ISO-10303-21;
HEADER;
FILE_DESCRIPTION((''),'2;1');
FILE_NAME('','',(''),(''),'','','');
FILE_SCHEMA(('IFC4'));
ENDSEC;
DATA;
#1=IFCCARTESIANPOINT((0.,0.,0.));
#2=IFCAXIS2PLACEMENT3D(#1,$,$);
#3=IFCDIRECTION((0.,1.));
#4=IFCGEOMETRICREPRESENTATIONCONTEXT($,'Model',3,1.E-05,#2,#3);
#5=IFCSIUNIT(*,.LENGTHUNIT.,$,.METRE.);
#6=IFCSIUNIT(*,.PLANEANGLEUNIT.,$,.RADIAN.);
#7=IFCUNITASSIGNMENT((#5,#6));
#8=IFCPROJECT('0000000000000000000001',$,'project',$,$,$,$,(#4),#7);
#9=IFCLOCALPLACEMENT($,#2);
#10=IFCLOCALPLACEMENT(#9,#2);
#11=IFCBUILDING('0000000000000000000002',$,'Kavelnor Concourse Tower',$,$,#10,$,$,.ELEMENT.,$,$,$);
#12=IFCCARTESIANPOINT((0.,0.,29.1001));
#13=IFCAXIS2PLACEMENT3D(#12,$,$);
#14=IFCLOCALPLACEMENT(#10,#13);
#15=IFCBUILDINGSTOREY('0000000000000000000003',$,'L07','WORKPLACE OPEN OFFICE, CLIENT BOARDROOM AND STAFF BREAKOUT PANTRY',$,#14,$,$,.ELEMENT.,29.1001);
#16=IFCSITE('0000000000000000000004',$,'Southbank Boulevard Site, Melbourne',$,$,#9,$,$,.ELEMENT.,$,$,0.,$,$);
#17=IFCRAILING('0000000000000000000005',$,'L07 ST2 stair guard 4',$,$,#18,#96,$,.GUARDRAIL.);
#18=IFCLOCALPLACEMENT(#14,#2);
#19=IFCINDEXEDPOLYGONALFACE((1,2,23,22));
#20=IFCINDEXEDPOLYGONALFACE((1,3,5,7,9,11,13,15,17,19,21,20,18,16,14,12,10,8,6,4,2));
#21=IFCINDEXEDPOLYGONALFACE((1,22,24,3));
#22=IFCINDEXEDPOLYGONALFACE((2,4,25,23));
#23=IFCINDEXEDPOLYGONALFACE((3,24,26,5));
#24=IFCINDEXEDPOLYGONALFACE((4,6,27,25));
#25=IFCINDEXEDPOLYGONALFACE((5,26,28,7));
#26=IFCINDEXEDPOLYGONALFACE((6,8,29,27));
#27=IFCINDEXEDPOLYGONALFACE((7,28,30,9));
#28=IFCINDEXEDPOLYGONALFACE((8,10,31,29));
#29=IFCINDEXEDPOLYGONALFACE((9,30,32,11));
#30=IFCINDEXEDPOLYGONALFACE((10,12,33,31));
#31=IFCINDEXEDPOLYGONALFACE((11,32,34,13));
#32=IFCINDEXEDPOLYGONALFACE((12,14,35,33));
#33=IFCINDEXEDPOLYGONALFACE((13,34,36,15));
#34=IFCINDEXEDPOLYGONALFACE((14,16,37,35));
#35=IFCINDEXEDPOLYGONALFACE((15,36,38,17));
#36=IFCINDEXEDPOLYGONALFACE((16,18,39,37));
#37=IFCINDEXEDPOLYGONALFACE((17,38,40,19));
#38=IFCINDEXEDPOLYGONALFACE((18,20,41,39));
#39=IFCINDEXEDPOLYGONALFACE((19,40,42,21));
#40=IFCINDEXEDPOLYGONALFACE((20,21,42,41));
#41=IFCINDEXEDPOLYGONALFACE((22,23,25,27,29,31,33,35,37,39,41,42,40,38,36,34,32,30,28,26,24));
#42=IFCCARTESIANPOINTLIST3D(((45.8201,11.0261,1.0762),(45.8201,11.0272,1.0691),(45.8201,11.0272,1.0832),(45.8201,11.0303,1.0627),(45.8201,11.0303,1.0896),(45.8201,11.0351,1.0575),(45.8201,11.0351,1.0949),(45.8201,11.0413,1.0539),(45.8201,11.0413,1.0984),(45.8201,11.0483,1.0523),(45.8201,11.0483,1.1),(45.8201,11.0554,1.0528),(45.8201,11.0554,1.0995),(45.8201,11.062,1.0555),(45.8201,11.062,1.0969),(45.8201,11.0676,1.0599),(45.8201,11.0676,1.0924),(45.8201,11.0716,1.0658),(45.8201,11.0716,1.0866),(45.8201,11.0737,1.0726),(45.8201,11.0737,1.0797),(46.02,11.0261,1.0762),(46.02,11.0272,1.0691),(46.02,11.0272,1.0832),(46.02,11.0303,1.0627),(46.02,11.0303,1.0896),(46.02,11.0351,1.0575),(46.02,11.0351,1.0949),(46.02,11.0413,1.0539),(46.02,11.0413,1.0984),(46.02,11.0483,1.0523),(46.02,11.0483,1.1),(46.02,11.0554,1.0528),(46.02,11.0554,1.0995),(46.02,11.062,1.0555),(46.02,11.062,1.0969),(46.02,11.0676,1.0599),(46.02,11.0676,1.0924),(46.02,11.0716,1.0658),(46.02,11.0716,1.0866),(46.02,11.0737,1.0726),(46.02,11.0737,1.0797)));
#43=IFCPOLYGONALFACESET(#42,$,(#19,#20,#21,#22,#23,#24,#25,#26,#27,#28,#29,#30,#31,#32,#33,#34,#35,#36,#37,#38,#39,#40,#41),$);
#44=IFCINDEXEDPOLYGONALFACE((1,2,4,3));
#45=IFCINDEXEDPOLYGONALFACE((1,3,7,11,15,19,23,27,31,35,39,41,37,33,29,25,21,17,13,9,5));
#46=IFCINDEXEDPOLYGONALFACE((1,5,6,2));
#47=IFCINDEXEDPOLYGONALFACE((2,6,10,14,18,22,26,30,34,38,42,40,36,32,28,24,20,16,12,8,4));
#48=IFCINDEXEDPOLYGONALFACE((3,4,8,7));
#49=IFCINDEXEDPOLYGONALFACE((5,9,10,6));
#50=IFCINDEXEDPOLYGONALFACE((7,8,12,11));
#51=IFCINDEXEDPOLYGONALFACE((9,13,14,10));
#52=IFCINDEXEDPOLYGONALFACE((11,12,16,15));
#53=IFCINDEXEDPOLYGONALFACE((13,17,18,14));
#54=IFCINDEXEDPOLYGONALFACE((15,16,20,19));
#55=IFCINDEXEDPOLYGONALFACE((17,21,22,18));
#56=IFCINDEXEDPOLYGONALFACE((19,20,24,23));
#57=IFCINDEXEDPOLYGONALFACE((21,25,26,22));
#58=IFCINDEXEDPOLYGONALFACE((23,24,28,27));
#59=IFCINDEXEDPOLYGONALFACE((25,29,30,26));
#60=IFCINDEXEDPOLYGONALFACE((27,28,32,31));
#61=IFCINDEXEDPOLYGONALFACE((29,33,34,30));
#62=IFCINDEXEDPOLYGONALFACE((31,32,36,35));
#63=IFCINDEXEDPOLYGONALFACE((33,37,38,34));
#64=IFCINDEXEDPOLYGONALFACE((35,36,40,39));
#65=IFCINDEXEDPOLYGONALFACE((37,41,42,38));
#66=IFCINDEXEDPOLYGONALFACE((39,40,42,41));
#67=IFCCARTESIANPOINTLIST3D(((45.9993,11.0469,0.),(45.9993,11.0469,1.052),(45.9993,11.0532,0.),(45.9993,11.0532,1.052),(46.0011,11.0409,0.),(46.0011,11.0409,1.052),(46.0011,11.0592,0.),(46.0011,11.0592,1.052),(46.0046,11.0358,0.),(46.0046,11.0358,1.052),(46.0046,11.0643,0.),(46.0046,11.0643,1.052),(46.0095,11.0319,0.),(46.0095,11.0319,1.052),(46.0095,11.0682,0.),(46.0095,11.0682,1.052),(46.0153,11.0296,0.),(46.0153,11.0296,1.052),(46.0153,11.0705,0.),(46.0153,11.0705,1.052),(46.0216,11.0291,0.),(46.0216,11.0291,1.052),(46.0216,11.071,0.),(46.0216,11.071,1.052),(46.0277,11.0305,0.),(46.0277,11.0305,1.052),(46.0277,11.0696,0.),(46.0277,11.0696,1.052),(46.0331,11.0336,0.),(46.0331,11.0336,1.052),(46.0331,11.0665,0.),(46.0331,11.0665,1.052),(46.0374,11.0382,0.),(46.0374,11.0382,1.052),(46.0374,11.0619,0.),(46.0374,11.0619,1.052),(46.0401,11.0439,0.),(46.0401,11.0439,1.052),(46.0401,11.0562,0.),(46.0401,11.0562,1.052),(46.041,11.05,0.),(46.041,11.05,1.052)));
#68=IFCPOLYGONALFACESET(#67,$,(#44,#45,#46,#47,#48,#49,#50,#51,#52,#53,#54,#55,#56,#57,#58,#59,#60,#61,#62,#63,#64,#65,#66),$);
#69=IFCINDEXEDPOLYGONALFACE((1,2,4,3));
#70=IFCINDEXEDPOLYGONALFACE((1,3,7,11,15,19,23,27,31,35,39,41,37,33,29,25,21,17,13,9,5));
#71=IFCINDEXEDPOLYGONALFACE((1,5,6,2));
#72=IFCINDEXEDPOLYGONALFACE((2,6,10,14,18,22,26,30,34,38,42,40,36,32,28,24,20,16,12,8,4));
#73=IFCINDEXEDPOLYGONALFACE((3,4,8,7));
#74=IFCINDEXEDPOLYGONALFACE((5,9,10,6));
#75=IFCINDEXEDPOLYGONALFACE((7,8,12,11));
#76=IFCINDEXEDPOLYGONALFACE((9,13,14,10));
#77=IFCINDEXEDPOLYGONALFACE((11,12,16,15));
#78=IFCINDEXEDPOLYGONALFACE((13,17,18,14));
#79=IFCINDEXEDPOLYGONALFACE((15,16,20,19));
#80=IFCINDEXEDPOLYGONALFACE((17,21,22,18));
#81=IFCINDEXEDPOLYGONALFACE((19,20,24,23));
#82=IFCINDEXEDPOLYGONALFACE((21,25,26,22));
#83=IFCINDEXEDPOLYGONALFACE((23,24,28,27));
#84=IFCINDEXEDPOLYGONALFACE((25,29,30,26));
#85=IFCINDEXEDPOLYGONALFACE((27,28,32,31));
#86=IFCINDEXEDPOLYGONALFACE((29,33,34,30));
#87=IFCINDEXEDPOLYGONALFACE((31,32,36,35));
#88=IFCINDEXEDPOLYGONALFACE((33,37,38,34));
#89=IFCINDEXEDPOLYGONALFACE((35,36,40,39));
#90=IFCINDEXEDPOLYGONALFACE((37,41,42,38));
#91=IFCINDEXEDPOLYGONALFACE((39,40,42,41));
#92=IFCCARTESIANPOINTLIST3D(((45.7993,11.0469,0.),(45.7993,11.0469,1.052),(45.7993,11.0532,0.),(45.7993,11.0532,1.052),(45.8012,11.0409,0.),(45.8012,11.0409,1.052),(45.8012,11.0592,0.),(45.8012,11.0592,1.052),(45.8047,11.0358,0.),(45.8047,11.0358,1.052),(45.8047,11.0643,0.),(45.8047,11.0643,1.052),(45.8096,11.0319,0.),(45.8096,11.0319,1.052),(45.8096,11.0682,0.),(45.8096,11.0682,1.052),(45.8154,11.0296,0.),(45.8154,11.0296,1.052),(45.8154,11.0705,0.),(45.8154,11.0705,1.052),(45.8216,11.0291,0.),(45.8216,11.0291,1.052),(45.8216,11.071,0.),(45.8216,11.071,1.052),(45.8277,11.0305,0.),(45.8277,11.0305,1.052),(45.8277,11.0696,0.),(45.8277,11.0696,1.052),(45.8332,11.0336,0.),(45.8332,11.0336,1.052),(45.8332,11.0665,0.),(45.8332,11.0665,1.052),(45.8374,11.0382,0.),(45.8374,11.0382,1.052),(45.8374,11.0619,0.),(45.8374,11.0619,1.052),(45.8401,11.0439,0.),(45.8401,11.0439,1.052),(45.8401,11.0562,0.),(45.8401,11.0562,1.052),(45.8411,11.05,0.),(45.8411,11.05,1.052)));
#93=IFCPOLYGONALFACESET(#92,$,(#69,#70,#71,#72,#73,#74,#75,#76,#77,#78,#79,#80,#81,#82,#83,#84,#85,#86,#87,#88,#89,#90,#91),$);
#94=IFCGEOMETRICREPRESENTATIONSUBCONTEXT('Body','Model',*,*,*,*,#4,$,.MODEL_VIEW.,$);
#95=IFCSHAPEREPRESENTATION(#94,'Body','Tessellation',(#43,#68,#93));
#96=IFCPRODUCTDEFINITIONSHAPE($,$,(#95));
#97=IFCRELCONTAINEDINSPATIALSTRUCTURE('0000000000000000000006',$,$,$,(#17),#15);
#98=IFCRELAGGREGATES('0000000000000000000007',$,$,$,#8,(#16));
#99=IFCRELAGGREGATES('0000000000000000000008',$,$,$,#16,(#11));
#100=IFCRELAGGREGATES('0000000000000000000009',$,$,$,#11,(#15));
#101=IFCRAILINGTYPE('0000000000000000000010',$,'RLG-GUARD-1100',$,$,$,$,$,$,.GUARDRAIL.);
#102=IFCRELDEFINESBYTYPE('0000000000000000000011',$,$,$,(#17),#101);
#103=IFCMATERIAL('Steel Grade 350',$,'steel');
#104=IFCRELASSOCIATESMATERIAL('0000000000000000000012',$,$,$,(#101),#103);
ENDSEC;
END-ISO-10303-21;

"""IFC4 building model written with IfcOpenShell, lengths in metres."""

from ifc_helpers import new_model, si_unit, direction, frame, origin, origin_2d, place, context, subcontext, project, spatial, circle, extrude, material, type_object, element, save


model = new_model("IFC4")

# Units and contexts
model_context = context("Model", 3, precision=1e-05, world=origin(), true_north=direction((0.0, 1.0)))
body_context = subcontext(model_context, "Body", "Model", "MODEL_VIEW")
ifc_project = project(units=[si_unit("LENGTHUNIT", "METRE"), si_unit("PLANEANGLEUNIT", "RADIAN")], contexts=[model_context])

# Site, building, storey
site_placement = place(None, origin())
site = spatial("IfcSite", under=ifc_project, at=site_placement, Name="Southbank Boulevard Site, Melbourne", CompositionType="ELEMENT", RefElevation=0.0)
building_placement = place(site_placement, origin())
building = spatial("IfcBuilding", under=site, at=building_placement, Name="Kavelnor Concourse Tower", CompositionType="ELEMENT")
storey_placement = place(building_placement, frame((0.0, 0.0, 29.1001)))
storey = spatial("IfcBuildingStorey", under=building, at=storey_placement, Name="L07", Description="WORKPLACE OPEN OFFICE, CLIENT BOARDROOM AND STAFF BREAKOUT PANTRY", CompositionType="ELEMENT", Elevation=29.1001)

# Shared definitions
ifc_material_1 = material(Name="Steel Grade 350", Category="steel")

# Railing
railing_type_1 = type_object("IfcRailingType", Name="RLG-GUARD-1100", PredefinedType="GUARDRAIL", material=ifc_material_1)
railing_1_placement = place(storey_placement, frame((46.02, 11.05, 0.0)))
element("IfcRailing", 1, at=railing_1_placement, inside=storey, type_object=railing_type_1, Name="L07 ST2 stair guard 4", PredefinedType="GUARDRAIL", context=body_context, shape_type="SweptSolid", body=[
    extrude(circle(Radius=0.0239, at=origin_2d()), frame((0.0, 0.0, 1.0762), z_axis=(-1.0, 0.0, 0.0), x_axis=(0.0, -1.0, 0.0)), (0.0, 0.0, 1.0), 0.2),
    extrude(circle(Radius=0.021, at=origin_2d()), origin(), (0.0, 0.0, 1.0), 1.052),
    extrude(circle(Radius=0.021, at=origin_2d()), frame((-0.2, 0.0, 0.0)), (0.0, 0.0, 1.0), 1.052),
])

save(model, "model.ifc")
